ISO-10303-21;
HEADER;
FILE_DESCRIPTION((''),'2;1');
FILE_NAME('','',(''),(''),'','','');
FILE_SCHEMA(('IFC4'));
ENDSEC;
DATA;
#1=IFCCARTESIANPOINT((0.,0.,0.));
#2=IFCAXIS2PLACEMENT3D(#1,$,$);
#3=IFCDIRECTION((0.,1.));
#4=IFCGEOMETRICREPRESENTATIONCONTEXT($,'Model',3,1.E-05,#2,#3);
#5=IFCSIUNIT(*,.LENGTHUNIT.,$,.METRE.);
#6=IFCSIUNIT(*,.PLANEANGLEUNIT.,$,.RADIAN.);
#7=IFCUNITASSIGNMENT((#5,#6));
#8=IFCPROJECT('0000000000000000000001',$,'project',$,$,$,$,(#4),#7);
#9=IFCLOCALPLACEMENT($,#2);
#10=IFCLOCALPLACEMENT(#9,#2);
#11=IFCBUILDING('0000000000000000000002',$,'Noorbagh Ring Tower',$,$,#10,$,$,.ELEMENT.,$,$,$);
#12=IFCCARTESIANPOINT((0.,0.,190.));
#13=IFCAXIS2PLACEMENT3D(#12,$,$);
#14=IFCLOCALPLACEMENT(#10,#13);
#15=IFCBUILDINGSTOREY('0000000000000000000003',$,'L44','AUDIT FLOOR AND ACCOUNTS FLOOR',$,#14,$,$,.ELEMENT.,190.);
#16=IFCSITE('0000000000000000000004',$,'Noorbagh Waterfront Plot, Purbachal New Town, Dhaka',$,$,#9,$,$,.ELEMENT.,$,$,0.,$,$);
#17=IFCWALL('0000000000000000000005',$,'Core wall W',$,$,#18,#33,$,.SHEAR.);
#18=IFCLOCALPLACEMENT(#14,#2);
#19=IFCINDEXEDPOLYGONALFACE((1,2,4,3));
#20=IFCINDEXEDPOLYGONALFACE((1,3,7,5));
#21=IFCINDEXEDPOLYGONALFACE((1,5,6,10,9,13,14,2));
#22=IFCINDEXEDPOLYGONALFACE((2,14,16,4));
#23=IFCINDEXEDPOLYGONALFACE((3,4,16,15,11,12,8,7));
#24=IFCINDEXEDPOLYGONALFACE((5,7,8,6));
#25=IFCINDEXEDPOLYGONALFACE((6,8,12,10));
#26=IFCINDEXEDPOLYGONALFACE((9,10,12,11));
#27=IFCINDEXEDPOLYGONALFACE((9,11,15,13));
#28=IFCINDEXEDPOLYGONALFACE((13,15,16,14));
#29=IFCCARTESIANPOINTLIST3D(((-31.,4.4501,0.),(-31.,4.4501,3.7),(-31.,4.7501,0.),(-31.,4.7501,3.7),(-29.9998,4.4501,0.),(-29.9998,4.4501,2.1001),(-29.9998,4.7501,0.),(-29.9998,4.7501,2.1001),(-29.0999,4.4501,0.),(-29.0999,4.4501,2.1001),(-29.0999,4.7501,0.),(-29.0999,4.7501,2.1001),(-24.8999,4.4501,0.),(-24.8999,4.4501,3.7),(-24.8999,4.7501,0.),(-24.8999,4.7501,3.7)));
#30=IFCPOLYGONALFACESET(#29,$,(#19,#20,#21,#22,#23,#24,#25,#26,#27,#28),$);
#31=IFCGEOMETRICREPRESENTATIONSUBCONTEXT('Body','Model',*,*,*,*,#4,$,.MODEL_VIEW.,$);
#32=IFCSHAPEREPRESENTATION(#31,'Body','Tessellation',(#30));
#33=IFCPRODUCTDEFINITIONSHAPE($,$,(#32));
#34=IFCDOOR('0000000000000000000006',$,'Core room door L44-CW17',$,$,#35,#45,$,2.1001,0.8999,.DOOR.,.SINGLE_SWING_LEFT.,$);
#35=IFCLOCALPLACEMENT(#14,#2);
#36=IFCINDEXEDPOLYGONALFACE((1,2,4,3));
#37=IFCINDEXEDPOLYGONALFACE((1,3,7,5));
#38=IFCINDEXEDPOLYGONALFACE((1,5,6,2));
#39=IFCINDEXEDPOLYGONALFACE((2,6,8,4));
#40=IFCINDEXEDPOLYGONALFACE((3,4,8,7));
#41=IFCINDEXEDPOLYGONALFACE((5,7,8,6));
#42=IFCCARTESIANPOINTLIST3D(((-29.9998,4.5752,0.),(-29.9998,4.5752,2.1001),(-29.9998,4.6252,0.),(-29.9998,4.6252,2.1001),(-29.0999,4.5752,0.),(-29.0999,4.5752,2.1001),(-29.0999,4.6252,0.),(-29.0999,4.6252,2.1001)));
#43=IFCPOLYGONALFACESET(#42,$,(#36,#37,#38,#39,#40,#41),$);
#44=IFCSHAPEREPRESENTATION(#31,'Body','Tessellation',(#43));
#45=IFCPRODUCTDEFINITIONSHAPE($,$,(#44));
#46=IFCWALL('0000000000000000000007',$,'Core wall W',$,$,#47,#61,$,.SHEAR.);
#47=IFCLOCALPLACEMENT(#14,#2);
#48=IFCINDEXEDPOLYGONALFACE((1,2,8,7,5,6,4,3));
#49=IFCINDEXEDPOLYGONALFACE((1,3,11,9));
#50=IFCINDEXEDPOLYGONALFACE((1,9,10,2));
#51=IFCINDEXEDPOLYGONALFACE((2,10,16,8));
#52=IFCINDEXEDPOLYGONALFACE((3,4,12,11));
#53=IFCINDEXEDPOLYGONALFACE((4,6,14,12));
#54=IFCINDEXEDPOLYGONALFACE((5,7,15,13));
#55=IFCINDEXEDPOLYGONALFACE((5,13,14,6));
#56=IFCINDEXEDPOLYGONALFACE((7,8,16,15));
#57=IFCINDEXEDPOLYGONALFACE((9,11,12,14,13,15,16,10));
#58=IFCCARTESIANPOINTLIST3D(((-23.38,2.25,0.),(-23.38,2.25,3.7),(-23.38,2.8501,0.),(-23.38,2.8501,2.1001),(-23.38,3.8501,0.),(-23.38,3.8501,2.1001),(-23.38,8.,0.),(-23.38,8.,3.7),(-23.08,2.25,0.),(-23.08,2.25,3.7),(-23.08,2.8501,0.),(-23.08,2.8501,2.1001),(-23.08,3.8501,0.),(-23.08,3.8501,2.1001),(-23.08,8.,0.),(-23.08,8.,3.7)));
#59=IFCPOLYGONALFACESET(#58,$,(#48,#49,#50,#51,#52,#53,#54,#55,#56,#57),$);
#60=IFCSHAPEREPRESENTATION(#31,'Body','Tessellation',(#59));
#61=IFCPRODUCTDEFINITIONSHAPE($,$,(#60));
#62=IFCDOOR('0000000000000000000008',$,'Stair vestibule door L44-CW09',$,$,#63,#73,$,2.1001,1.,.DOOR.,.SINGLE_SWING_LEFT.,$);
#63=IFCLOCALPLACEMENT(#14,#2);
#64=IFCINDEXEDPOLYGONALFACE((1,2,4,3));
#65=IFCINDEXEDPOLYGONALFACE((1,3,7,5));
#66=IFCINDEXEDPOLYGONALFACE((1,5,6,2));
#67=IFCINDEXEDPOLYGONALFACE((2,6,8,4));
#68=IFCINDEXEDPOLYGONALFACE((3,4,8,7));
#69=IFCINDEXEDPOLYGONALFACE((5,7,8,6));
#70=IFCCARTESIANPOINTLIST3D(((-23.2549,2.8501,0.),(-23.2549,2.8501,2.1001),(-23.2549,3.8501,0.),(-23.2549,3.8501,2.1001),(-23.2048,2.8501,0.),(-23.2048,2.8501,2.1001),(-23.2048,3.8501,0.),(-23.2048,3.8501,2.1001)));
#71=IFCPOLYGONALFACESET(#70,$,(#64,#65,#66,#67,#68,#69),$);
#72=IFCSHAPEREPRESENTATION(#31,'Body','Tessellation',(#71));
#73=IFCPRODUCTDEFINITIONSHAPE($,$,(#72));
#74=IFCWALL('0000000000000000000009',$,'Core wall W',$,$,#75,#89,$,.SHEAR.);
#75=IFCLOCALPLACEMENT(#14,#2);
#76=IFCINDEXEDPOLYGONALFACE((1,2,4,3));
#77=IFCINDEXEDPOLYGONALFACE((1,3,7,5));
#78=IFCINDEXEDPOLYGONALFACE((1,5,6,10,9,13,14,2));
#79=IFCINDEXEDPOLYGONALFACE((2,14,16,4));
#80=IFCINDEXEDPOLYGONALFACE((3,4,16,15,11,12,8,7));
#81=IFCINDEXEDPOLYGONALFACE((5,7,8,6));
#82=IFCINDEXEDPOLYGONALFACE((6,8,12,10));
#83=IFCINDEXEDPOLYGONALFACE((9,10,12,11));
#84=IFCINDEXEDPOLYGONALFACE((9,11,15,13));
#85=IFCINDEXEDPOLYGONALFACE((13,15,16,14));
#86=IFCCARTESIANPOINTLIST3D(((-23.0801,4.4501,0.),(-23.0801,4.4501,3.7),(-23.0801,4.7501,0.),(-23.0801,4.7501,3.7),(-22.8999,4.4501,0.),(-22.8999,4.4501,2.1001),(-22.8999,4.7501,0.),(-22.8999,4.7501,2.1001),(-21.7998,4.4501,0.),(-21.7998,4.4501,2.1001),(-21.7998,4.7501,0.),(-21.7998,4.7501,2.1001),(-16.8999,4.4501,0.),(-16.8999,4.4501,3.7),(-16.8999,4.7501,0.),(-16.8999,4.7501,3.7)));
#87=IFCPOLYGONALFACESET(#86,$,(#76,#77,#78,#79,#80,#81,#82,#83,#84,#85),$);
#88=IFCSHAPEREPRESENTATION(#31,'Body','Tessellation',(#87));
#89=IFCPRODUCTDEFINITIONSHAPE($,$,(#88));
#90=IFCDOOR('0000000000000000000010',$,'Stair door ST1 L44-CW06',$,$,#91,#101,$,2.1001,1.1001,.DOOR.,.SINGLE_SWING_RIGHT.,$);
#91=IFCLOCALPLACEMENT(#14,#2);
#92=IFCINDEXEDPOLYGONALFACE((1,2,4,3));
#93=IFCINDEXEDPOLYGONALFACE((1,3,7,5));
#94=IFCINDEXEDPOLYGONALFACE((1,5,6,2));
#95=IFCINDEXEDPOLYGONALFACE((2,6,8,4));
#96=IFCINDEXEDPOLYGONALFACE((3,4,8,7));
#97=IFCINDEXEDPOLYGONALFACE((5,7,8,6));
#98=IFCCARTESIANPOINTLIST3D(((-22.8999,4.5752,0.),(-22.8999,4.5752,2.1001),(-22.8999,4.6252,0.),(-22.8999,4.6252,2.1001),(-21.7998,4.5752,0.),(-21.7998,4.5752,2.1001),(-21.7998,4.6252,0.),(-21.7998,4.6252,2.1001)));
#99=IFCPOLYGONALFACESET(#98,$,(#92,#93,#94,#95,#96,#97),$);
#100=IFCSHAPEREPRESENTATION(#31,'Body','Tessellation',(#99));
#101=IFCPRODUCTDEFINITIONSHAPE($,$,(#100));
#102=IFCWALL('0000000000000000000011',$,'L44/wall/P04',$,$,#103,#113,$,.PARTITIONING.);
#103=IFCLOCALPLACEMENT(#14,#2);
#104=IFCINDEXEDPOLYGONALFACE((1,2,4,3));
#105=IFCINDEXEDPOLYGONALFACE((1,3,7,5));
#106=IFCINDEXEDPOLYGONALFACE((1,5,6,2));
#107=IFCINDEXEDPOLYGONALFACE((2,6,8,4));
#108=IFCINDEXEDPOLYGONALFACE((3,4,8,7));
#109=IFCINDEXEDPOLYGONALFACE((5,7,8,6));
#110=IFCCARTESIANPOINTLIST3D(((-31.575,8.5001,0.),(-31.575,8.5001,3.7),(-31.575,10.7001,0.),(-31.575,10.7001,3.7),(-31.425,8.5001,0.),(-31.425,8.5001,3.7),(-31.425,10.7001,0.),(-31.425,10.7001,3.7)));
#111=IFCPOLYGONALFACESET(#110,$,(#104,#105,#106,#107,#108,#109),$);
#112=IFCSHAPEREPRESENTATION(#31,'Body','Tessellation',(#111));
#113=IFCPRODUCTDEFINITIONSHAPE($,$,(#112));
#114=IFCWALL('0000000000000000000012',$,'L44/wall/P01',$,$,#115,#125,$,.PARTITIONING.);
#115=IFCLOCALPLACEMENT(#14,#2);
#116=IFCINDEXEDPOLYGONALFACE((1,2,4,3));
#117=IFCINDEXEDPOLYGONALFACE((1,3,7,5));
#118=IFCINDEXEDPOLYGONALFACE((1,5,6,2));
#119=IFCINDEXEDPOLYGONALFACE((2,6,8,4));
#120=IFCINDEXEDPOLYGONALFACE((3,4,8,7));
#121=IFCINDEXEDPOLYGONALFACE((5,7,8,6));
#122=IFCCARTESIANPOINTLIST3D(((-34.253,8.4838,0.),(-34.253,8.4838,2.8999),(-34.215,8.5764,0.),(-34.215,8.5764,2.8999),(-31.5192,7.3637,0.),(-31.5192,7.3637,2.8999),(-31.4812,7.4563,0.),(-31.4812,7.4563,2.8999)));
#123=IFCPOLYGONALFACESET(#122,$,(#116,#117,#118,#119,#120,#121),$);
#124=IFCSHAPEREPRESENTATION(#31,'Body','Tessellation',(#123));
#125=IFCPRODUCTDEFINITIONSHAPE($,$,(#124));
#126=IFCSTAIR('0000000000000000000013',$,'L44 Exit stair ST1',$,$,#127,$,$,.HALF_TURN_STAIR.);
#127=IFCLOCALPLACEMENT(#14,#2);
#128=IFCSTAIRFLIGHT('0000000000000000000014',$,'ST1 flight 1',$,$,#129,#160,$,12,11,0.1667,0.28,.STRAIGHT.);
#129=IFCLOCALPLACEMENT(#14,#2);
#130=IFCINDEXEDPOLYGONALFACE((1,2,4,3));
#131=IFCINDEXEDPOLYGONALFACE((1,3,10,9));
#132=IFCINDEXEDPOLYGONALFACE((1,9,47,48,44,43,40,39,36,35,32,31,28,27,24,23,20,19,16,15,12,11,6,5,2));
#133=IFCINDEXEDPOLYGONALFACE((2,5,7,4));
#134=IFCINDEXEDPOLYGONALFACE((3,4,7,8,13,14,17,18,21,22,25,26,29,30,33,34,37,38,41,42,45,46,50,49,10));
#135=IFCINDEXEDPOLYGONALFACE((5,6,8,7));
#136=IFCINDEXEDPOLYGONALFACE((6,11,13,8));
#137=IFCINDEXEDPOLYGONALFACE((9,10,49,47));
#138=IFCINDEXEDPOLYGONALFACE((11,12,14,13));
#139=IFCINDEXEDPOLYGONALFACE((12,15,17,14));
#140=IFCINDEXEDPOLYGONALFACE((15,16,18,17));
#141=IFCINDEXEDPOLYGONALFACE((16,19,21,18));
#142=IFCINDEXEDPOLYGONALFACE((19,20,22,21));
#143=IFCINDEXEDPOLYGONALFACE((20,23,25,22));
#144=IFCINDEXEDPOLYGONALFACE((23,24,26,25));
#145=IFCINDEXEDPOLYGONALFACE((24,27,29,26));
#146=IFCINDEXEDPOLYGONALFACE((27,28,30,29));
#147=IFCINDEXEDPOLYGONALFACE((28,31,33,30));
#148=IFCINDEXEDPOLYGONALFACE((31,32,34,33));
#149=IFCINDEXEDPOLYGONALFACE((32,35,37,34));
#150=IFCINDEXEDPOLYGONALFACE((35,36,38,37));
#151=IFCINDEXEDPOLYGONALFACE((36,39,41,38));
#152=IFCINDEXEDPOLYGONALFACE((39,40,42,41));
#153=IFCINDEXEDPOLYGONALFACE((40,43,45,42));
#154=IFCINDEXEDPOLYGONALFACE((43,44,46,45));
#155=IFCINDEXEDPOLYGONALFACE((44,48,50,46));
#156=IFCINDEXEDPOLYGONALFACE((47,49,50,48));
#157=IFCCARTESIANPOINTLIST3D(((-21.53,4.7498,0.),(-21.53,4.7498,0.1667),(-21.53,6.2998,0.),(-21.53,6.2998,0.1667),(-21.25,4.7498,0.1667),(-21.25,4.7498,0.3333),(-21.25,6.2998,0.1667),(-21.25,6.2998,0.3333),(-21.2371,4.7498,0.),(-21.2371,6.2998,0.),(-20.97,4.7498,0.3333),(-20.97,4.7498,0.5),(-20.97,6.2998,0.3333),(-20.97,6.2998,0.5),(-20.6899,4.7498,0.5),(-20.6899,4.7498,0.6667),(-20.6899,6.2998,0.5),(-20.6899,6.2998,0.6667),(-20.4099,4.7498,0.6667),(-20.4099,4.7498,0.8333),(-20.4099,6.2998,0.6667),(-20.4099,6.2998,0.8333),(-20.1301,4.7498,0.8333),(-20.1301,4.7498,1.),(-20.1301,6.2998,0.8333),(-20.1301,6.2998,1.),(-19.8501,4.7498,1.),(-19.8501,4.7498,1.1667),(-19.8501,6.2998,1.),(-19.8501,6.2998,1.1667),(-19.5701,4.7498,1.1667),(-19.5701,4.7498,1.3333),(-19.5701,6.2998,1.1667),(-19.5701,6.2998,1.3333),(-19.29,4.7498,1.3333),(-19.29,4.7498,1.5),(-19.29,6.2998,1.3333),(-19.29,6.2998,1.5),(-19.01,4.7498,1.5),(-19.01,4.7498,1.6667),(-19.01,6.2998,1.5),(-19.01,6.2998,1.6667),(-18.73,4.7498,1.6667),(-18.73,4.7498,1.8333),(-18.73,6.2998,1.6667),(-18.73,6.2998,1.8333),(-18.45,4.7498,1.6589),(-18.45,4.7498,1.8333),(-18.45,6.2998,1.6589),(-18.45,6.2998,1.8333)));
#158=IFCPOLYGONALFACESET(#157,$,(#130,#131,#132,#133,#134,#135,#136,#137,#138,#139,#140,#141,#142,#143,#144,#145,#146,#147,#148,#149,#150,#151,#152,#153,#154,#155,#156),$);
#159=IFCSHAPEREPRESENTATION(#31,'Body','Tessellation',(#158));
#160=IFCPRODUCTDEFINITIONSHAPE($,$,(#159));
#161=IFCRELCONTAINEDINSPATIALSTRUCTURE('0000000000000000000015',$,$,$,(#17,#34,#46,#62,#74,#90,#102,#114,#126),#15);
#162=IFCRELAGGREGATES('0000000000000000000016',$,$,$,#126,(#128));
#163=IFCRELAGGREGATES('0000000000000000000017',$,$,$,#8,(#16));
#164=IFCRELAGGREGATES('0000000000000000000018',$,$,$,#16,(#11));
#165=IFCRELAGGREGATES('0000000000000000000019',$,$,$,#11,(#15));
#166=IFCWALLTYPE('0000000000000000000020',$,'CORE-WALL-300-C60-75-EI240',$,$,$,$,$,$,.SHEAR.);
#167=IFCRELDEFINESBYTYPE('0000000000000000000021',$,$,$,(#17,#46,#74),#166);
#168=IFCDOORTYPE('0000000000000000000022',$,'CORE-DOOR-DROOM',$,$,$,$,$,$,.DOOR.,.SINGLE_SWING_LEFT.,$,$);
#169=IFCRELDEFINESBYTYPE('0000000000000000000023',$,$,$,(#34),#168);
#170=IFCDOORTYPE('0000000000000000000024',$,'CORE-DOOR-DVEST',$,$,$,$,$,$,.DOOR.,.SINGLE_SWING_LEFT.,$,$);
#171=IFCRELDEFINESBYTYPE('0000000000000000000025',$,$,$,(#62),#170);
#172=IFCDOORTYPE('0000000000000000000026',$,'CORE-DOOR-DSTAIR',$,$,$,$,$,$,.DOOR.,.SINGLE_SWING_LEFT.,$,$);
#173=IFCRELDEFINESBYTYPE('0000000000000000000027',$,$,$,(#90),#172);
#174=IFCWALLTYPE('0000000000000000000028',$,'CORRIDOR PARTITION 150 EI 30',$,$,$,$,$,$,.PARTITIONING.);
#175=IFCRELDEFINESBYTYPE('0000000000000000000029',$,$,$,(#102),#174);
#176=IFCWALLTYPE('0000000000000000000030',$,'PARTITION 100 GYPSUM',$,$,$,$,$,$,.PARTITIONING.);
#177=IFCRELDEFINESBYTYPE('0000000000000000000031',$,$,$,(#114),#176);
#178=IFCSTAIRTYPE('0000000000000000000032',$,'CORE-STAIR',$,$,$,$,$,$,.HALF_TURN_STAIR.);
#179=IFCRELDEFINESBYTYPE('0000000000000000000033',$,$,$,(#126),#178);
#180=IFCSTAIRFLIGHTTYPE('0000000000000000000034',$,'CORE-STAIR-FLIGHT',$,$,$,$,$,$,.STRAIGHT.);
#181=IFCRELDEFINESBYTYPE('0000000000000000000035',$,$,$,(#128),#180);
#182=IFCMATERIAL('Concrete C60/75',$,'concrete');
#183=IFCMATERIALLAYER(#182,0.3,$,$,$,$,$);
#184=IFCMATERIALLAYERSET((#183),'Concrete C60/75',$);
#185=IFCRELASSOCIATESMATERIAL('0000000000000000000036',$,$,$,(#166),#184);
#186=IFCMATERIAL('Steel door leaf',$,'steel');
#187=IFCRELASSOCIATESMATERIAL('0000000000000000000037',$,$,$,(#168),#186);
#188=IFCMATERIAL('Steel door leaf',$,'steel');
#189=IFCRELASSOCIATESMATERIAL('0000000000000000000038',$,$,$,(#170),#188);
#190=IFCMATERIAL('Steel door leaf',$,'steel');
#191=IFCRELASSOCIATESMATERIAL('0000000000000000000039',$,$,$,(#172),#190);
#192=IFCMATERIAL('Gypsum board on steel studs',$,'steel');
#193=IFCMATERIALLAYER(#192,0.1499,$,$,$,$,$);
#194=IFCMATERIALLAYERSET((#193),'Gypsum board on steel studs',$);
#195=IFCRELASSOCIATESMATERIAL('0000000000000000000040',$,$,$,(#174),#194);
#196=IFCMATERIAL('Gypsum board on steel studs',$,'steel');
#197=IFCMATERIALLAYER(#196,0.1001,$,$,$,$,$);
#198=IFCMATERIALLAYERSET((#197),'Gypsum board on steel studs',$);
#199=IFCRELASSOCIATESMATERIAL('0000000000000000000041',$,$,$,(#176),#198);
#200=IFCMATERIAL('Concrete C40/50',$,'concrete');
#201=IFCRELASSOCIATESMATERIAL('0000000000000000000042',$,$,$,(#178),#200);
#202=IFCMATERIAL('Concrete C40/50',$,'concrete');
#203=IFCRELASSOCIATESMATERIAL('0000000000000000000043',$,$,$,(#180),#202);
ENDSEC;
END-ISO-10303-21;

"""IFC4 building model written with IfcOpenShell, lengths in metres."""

from ifc_helpers import new_model, si_unit, direction, frame, frame_2d, origin, place, context, subcontext, project, spatial, polyline, rectangle, outline, extrude, material, layer, layer_set, type_object, element, fill, aggregate, save


model = new_model("IFC4")

# Units and contexts
model_context = context("Model", 3, precision=1e-05, world=origin(), true_north=direction((0.0, 1.0)))
body_context = subcontext(model_context, "Body", "Model", "MODEL_VIEW")
ifc_project = project(units=[si_unit("LENGTHUNIT", "METRE"), si_unit("PLANEANGLEUNIT", "RADIAN")], contexts=[model_context])

# Site, building, storey
site_placement = place(None, origin())
site = spatial("IfcSite", under=ifc_project, at=site_placement, Name="Noorbagh Waterfront Plot, Purbachal New Town, Dhaka", CompositionType="ELEMENT", RefElevation=0.0)
building_placement = place(site_placement, origin())
building = spatial("IfcBuilding", under=site, at=building_placement, Name="Noorbagh Ring Tower", CompositionType="ELEMENT")
storey_placement = place(building_placement, frame((0.0, 0.0, 190.0)))
storey = spatial("IfcBuildingStorey", under=building, at=storey_placement, Name="L44", Description="AUDIT FLOOR AND ACCOUNTS FLOOR", CompositionType="ELEMENT", Elevation=190.0)

# Walls, openings, doors
ifc_material_1 = material(Name="Concrete C60/75", Category="concrete")
ifc_layer_1 = layer(ifc_material_1, 0.3)
ifc_layer_set_1 = layer_set([ifc_layer_1], Name="Concrete C60/75")
wall_type_1 = type_object("IfcWallType", Name="CORE-WALL-300-C60-75-EI240", PredefinedType="SHEAR", material=ifc_layer_set_1)
wall_1_placement = place(storey_placement, frame((-24.8999, 4.6001, 0.0), z_axis=(0.0, 0.0, 1.0), x_axis=(-1.0, 0.0, 0.0)))
wall_1 = element("IfcWall", 1, at=wall_1_placement, inside=storey, type_object=wall_type_1, Name="Core wall W", PredefinedType="SHEAR", context=body_context, shape_type="SweptSolid", body=[
    extrude(rectangle(XDim=6.1001, YDim=0.3, at=frame_2d((3.05, 0.0))), origin(), (0.0, 0.0, 1.0), 3.7),
])
opening_1_placement = place(wall_1_placement, frame((4.2, 0.0, 0.0)))
opening_1 = element("IfcOpeningElement", 2, at=opening_1_placement, cuts=wall_1, PredefinedType="OPENING", context=body_context, shape_type="SweptSolid", body=[
    extrude(rectangle(XDim=0.8999, YDim=2.1001, at=frame_2d((0.45, 1.05))), frame((0.0, 0.1602, 0.0), z_axis=(0.0, -1.0, 0.0), x_axis=(1.0, 0.0, 0.0)), (0.0, 0.0, 1.0), 0.3201),
])
ifc_material_2 = material(Name="Steel door leaf", Category="steel")
door_type_1 = type_object("IfcDoorType", Name="CORE-DOOR-DROOM", OperationType="SINGLE_SWING_LEFT", PredefinedType="DOOR", material=ifc_material_2)
door_1_placement = place(opening_1_placement, origin())
door_1 = element("IfcDoor", 3, at=door_1_placement, inside=storey, type_object=door_type_1, Name="Core room door L44-CW17", OperationType="SINGLE_SWING_LEFT", OverallHeight=2.1001, OverallWidth=0.8999, PredefinedType="DOOR", context=body_context, shape_type="SweptSolid", body=[
    extrude(rectangle(XDim=0.8999, YDim=2.1001, at=frame_2d((0.45, 1.05))), frame((0.0, 0.0249, 0.0), z_axis=(0.0, -1.0, 0.0), x_axis=(1.0, 0.0, 0.0)), (0.0, 0.0, 1.0), 0.05),
])
fill(opening_1, door_1)
wall_2_placement = place(storey_placement, frame((-23.23, 2.25, 0.0), z_axis=(0.0, 0.0, 1.0), x_axis=(0.0, 1.0, 0.0)))
wall_2 = element("IfcWall", 4, at=wall_2_placement, inside=storey, type_object=wall_type_1, Name="Core wall W", PredefinedType="SHEAR", context=body_context, shape_type="SweptSolid", body=[
    extrude(rectangle(XDim=5.75, YDim=0.3, at=frame_2d((2.875, 0.0))), origin(), (0.0, 0.0, 1.0), 3.7),
])
opening_2_placement = place(wall_2_placement, frame((0.6001, 0.0, 0.0)))
opening_2 = element("IfcOpeningElement", 5, at=opening_2_placement, cuts=wall_2, PredefinedType="OPENING", context=body_context, shape_type="SweptSolid", body=[
    extrude(rectangle(XDim=1.0, YDim=2.1001, at=frame_2d((0.5, 1.05))), frame((0.0, 0.1602, 0.0), z_axis=(0.0, -1.0, 0.0), x_axis=(1.0, 0.0, 0.0)), (0.0, 0.0, 1.0), 0.3201),
])
ifc_material_3 = material(Name="Steel door leaf", Category="steel")
door_type_2 = type_object("IfcDoorType", Name="CORE-DOOR-DVEST", OperationType="SINGLE_SWING_LEFT", PredefinedType="DOOR", material=ifc_material_3)
door_2_placement = place(opening_2_placement, origin())
door_2 = element("IfcDoor", 6, at=door_2_placement, inside=storey, type_object=door_type_2, Name="Stair vestibule door L44-CW09", OperationType="SINGLE_SWING_LEFT", OverallHeight=2.1001, OverallWidth=1.0, PredefinedType="DOOR", context=body_context, shape_type="SweptSolid", body=[
    extrude(rectangle(XDim=1.0, YDim=2.1001, at=frame_2d((0.5, 1.05))), frame((0.0, 0.0249, 0.0), z_axis=(0.0, -1.0, 0.0), x_axis=(1.0, 0.0, 0.0)), (0.0, 0.0, 1.0), 0.05),
])
fill(opening_2, door_2)
wall_3_placement = place(storey_placement, frame((-16.8999, 4.6001, 0.0), z_axis=(0.0, 0.0, 1.0), x_axis=(-1.0, 0.0, 0.0)))
wall_3 = element("IfcWall", 7, at=wall_3_placement, inside=storey, type_object=wall_type_1, Name="Core wall W", PredefinedType="SHEAR", context=body_context, shape_type="SweptSolid", body=[
    extrude(rectangle(XDim=6.1802, YDim=0.3, at=frame_2d((3.0901, 0.0))), origin(), (0.0, 0.0, 1.0), 3.7),
])
opening_3_placement = place(wall_3_placement, frame((4.8999, 0.0, 0.0)))
opening_3 = element("IfcOpeningElement", 8, at=opening_3_placement, cuts=wall_3, PredefinedType="OPENING", context=body_context, shape_type="SweptSolid", body=[
    extrude(rectangle(XDim=1.1001, YDim=2.1001, at=frame_2d((0.55, 1.05))), frame((0.0, 0.1602, 0.0), z_axis=(0.0, -1.0, 0.0), x_axis=(1.0, 0.0, 0.0)), (0.0, 0.0, 1.0), 0.3201),
])
ifc_material_4 = material(Name="Steel door leaf", Category="steel")
door_type_3 = type_object("IfcDoorType", Name="CORE-DOOR-DSTAIR", OperationType="SINGLE_SWING_LEFT", PredefinedType="DOOR", material=ifc_material_4)
door_3_placement = place(opening_3_placement, origin())
door_3 = element("IfcDoor", 9, at=door_3_placement, inside=storey, type_object=door_type_3, Name="Stair door ST1 L44-CW06", OperationType="SINGLE_SWING_RIGHT", OverallHeight=2.1001, OverallWidth=1.1001, PredefinedType="DOOR", context=body_context, shape_type="SweptSolid", body=[
    extrude(rectangle(XDim=1.1001, YDim=2.1001, at=frame_2d((0.55, 1.05))), frame((0.0, 0.0249, 0.0), z_axis=(0.0, -1.0, 0.0), x_axis=(1.0, 0.0, 0.0)), (0.0, 0.0, 1.0), 0.05),
])
fill(opening_3, door_3)

# Walls
ifc_material_5 = material(Name="Gypsum board on steel studs", Category="steel")
ifc_layer_2 = layer(ifc_material_5, 0.1499)
ifc_layer_set_2 = layer_set([ifc_layer_2], Name="Gypsum board on steel studs")
wall_type_2 = type_object("IfcWallType", Name="CORRIDOR PARTITION 150 EI 30", PredefinedType="PARTITIONING", material=ifc_layer_set_2)
wall_4_placement = place(storey_placement, frame((-31.5, 8.5, 0.0), z_axis=(0.0, 0.0, 1.0), x_axis=(0.0, 1.0, 0.0)))
element("IfcWall", 10, at=wall_4_placement, inside=storey, type_object=wall_type_2, Name="L44/wall/P04", PredefinedType="PARTITIONING", context=body_context, shape_type="SweptSolid", body=[
    extrude(rectangle(XDim=2.2, YDim=0.1499, at=frame_2d((1.1001, 0.0))), origin(), (0.0, 0.0, 1.0), 3.7),
])
ifc_material_6 = material(Name="Gypsum board on steel studs", Category="steel")
ifc_layer_3 = layer(ifc_material_6, 0.1001)
ifc_layer_set_3 = layer_set([ifc_layer_3], Name="Gypsum board on steel studs")
wall_type_3 = type_object("IfcWallType", Name="PARTITION 100 GYPSUM", PredefinedType="PARTITIONING", material=ifc_layer_set_3)
wall_5_placement = place(storey_placement, frame((-34.2339, 8.53, 0.0), z_axis=(0.0, 0.0, 1.0), x_axis=(0.925344, -0.379128, 0.0)))
element("IfcWall", 11, at=wall_5_placement, inside=storey, type_object=wall_type_3, Name="L44/wall/P01", PredefinedType="PARTITIONING", context=body_context, shape_type="SweptSolid", body=[
    extrude(rectangle(XDim=2.9543, YDim=0.1001, at=frame_2d((1.4771, 0.0))), origin(), (0.0, 0.0, 1.0), 2.8999),
])

# Stair, stair flight
ifc_material_7 = material(Name="Concrete C40/50", Category="concrete")
stair_type = type_object("IfcStairType", Name="CORE-STAIR", PredefinedType="HALF_TURN_STAIR", material=ifc_material_7)
stair_placement = place(storey_placement, origin())
stair = element("IfcStair", 12, at=stair_placement, inside=storey, type_object=stair_type, Name="L44 Exit stair ST1", PredefinedType="HALF_TURN_STAIR")
ifc_material_8 = material(Name="Concrete C40/50", Category="concrete")
stair_flight_type = type_object("IfcStairFlightType", Name="CORE-STAIR-FLIGHT", PredefinedType="STRAIGHT", material=ifc_material_8)
stair_flight_1_placement = place(storey_placement, frame((-21.53, 5.5249, 0.0), z_axis=(0.0, 0.0, 1.0), x_axis=(1.0, 0.0, 0.0)))
stair_flight_1 = element("IfcStairFlight", 13, at=stair_flight_1_placement, type_object=stair_flight_type, Name="ST1 flight 1", NumberOfRisers=12, NumberOfTreads=11, PredefinedType="STRAIGHT", RiserHeight=0.1667, TreadLength=0.28, context=body_context, shape_type="SweptSolid", body=[
    extrude(outline(polyline([(0.0, 0.0), (0.0, 0.1667), (0.28, 0.1667), (0.28, 0.3333), (0.5601, 0.3333), (0.5601, 0.5), (0.8401, 0.5), (0.8401, 0.6667), (1.1201, 0.6667), (1.1201, 0.8333), (1.3999, 0.8333), (1.3999, 1.0), (1.6799, 1.0), (1.6799, 1.1667), (1.96, 1.1667), (1.96, 1.3333), (2.24, 1.3333), (2.24, 1.5), (2.52, 1.5), (2.52, 1.6667), (2.8, 1.6667), (2.8, 1.8333), (3.0801, 1.8333), (3.0801, 2.0), (3.0801, 1.6589), (0.293, 0.0), (0.0, 0.0)])), frame((0.0, 0.7749, 0.0), z_axis=(0.0, -1.0, 0.0), x_axis=(1.0, 0.0, 0.0)), (0.0, 0.0, 1.0), 1.55),
])
aggregate(stair, [stair_flight_1])

save(model, "model.ifc")
